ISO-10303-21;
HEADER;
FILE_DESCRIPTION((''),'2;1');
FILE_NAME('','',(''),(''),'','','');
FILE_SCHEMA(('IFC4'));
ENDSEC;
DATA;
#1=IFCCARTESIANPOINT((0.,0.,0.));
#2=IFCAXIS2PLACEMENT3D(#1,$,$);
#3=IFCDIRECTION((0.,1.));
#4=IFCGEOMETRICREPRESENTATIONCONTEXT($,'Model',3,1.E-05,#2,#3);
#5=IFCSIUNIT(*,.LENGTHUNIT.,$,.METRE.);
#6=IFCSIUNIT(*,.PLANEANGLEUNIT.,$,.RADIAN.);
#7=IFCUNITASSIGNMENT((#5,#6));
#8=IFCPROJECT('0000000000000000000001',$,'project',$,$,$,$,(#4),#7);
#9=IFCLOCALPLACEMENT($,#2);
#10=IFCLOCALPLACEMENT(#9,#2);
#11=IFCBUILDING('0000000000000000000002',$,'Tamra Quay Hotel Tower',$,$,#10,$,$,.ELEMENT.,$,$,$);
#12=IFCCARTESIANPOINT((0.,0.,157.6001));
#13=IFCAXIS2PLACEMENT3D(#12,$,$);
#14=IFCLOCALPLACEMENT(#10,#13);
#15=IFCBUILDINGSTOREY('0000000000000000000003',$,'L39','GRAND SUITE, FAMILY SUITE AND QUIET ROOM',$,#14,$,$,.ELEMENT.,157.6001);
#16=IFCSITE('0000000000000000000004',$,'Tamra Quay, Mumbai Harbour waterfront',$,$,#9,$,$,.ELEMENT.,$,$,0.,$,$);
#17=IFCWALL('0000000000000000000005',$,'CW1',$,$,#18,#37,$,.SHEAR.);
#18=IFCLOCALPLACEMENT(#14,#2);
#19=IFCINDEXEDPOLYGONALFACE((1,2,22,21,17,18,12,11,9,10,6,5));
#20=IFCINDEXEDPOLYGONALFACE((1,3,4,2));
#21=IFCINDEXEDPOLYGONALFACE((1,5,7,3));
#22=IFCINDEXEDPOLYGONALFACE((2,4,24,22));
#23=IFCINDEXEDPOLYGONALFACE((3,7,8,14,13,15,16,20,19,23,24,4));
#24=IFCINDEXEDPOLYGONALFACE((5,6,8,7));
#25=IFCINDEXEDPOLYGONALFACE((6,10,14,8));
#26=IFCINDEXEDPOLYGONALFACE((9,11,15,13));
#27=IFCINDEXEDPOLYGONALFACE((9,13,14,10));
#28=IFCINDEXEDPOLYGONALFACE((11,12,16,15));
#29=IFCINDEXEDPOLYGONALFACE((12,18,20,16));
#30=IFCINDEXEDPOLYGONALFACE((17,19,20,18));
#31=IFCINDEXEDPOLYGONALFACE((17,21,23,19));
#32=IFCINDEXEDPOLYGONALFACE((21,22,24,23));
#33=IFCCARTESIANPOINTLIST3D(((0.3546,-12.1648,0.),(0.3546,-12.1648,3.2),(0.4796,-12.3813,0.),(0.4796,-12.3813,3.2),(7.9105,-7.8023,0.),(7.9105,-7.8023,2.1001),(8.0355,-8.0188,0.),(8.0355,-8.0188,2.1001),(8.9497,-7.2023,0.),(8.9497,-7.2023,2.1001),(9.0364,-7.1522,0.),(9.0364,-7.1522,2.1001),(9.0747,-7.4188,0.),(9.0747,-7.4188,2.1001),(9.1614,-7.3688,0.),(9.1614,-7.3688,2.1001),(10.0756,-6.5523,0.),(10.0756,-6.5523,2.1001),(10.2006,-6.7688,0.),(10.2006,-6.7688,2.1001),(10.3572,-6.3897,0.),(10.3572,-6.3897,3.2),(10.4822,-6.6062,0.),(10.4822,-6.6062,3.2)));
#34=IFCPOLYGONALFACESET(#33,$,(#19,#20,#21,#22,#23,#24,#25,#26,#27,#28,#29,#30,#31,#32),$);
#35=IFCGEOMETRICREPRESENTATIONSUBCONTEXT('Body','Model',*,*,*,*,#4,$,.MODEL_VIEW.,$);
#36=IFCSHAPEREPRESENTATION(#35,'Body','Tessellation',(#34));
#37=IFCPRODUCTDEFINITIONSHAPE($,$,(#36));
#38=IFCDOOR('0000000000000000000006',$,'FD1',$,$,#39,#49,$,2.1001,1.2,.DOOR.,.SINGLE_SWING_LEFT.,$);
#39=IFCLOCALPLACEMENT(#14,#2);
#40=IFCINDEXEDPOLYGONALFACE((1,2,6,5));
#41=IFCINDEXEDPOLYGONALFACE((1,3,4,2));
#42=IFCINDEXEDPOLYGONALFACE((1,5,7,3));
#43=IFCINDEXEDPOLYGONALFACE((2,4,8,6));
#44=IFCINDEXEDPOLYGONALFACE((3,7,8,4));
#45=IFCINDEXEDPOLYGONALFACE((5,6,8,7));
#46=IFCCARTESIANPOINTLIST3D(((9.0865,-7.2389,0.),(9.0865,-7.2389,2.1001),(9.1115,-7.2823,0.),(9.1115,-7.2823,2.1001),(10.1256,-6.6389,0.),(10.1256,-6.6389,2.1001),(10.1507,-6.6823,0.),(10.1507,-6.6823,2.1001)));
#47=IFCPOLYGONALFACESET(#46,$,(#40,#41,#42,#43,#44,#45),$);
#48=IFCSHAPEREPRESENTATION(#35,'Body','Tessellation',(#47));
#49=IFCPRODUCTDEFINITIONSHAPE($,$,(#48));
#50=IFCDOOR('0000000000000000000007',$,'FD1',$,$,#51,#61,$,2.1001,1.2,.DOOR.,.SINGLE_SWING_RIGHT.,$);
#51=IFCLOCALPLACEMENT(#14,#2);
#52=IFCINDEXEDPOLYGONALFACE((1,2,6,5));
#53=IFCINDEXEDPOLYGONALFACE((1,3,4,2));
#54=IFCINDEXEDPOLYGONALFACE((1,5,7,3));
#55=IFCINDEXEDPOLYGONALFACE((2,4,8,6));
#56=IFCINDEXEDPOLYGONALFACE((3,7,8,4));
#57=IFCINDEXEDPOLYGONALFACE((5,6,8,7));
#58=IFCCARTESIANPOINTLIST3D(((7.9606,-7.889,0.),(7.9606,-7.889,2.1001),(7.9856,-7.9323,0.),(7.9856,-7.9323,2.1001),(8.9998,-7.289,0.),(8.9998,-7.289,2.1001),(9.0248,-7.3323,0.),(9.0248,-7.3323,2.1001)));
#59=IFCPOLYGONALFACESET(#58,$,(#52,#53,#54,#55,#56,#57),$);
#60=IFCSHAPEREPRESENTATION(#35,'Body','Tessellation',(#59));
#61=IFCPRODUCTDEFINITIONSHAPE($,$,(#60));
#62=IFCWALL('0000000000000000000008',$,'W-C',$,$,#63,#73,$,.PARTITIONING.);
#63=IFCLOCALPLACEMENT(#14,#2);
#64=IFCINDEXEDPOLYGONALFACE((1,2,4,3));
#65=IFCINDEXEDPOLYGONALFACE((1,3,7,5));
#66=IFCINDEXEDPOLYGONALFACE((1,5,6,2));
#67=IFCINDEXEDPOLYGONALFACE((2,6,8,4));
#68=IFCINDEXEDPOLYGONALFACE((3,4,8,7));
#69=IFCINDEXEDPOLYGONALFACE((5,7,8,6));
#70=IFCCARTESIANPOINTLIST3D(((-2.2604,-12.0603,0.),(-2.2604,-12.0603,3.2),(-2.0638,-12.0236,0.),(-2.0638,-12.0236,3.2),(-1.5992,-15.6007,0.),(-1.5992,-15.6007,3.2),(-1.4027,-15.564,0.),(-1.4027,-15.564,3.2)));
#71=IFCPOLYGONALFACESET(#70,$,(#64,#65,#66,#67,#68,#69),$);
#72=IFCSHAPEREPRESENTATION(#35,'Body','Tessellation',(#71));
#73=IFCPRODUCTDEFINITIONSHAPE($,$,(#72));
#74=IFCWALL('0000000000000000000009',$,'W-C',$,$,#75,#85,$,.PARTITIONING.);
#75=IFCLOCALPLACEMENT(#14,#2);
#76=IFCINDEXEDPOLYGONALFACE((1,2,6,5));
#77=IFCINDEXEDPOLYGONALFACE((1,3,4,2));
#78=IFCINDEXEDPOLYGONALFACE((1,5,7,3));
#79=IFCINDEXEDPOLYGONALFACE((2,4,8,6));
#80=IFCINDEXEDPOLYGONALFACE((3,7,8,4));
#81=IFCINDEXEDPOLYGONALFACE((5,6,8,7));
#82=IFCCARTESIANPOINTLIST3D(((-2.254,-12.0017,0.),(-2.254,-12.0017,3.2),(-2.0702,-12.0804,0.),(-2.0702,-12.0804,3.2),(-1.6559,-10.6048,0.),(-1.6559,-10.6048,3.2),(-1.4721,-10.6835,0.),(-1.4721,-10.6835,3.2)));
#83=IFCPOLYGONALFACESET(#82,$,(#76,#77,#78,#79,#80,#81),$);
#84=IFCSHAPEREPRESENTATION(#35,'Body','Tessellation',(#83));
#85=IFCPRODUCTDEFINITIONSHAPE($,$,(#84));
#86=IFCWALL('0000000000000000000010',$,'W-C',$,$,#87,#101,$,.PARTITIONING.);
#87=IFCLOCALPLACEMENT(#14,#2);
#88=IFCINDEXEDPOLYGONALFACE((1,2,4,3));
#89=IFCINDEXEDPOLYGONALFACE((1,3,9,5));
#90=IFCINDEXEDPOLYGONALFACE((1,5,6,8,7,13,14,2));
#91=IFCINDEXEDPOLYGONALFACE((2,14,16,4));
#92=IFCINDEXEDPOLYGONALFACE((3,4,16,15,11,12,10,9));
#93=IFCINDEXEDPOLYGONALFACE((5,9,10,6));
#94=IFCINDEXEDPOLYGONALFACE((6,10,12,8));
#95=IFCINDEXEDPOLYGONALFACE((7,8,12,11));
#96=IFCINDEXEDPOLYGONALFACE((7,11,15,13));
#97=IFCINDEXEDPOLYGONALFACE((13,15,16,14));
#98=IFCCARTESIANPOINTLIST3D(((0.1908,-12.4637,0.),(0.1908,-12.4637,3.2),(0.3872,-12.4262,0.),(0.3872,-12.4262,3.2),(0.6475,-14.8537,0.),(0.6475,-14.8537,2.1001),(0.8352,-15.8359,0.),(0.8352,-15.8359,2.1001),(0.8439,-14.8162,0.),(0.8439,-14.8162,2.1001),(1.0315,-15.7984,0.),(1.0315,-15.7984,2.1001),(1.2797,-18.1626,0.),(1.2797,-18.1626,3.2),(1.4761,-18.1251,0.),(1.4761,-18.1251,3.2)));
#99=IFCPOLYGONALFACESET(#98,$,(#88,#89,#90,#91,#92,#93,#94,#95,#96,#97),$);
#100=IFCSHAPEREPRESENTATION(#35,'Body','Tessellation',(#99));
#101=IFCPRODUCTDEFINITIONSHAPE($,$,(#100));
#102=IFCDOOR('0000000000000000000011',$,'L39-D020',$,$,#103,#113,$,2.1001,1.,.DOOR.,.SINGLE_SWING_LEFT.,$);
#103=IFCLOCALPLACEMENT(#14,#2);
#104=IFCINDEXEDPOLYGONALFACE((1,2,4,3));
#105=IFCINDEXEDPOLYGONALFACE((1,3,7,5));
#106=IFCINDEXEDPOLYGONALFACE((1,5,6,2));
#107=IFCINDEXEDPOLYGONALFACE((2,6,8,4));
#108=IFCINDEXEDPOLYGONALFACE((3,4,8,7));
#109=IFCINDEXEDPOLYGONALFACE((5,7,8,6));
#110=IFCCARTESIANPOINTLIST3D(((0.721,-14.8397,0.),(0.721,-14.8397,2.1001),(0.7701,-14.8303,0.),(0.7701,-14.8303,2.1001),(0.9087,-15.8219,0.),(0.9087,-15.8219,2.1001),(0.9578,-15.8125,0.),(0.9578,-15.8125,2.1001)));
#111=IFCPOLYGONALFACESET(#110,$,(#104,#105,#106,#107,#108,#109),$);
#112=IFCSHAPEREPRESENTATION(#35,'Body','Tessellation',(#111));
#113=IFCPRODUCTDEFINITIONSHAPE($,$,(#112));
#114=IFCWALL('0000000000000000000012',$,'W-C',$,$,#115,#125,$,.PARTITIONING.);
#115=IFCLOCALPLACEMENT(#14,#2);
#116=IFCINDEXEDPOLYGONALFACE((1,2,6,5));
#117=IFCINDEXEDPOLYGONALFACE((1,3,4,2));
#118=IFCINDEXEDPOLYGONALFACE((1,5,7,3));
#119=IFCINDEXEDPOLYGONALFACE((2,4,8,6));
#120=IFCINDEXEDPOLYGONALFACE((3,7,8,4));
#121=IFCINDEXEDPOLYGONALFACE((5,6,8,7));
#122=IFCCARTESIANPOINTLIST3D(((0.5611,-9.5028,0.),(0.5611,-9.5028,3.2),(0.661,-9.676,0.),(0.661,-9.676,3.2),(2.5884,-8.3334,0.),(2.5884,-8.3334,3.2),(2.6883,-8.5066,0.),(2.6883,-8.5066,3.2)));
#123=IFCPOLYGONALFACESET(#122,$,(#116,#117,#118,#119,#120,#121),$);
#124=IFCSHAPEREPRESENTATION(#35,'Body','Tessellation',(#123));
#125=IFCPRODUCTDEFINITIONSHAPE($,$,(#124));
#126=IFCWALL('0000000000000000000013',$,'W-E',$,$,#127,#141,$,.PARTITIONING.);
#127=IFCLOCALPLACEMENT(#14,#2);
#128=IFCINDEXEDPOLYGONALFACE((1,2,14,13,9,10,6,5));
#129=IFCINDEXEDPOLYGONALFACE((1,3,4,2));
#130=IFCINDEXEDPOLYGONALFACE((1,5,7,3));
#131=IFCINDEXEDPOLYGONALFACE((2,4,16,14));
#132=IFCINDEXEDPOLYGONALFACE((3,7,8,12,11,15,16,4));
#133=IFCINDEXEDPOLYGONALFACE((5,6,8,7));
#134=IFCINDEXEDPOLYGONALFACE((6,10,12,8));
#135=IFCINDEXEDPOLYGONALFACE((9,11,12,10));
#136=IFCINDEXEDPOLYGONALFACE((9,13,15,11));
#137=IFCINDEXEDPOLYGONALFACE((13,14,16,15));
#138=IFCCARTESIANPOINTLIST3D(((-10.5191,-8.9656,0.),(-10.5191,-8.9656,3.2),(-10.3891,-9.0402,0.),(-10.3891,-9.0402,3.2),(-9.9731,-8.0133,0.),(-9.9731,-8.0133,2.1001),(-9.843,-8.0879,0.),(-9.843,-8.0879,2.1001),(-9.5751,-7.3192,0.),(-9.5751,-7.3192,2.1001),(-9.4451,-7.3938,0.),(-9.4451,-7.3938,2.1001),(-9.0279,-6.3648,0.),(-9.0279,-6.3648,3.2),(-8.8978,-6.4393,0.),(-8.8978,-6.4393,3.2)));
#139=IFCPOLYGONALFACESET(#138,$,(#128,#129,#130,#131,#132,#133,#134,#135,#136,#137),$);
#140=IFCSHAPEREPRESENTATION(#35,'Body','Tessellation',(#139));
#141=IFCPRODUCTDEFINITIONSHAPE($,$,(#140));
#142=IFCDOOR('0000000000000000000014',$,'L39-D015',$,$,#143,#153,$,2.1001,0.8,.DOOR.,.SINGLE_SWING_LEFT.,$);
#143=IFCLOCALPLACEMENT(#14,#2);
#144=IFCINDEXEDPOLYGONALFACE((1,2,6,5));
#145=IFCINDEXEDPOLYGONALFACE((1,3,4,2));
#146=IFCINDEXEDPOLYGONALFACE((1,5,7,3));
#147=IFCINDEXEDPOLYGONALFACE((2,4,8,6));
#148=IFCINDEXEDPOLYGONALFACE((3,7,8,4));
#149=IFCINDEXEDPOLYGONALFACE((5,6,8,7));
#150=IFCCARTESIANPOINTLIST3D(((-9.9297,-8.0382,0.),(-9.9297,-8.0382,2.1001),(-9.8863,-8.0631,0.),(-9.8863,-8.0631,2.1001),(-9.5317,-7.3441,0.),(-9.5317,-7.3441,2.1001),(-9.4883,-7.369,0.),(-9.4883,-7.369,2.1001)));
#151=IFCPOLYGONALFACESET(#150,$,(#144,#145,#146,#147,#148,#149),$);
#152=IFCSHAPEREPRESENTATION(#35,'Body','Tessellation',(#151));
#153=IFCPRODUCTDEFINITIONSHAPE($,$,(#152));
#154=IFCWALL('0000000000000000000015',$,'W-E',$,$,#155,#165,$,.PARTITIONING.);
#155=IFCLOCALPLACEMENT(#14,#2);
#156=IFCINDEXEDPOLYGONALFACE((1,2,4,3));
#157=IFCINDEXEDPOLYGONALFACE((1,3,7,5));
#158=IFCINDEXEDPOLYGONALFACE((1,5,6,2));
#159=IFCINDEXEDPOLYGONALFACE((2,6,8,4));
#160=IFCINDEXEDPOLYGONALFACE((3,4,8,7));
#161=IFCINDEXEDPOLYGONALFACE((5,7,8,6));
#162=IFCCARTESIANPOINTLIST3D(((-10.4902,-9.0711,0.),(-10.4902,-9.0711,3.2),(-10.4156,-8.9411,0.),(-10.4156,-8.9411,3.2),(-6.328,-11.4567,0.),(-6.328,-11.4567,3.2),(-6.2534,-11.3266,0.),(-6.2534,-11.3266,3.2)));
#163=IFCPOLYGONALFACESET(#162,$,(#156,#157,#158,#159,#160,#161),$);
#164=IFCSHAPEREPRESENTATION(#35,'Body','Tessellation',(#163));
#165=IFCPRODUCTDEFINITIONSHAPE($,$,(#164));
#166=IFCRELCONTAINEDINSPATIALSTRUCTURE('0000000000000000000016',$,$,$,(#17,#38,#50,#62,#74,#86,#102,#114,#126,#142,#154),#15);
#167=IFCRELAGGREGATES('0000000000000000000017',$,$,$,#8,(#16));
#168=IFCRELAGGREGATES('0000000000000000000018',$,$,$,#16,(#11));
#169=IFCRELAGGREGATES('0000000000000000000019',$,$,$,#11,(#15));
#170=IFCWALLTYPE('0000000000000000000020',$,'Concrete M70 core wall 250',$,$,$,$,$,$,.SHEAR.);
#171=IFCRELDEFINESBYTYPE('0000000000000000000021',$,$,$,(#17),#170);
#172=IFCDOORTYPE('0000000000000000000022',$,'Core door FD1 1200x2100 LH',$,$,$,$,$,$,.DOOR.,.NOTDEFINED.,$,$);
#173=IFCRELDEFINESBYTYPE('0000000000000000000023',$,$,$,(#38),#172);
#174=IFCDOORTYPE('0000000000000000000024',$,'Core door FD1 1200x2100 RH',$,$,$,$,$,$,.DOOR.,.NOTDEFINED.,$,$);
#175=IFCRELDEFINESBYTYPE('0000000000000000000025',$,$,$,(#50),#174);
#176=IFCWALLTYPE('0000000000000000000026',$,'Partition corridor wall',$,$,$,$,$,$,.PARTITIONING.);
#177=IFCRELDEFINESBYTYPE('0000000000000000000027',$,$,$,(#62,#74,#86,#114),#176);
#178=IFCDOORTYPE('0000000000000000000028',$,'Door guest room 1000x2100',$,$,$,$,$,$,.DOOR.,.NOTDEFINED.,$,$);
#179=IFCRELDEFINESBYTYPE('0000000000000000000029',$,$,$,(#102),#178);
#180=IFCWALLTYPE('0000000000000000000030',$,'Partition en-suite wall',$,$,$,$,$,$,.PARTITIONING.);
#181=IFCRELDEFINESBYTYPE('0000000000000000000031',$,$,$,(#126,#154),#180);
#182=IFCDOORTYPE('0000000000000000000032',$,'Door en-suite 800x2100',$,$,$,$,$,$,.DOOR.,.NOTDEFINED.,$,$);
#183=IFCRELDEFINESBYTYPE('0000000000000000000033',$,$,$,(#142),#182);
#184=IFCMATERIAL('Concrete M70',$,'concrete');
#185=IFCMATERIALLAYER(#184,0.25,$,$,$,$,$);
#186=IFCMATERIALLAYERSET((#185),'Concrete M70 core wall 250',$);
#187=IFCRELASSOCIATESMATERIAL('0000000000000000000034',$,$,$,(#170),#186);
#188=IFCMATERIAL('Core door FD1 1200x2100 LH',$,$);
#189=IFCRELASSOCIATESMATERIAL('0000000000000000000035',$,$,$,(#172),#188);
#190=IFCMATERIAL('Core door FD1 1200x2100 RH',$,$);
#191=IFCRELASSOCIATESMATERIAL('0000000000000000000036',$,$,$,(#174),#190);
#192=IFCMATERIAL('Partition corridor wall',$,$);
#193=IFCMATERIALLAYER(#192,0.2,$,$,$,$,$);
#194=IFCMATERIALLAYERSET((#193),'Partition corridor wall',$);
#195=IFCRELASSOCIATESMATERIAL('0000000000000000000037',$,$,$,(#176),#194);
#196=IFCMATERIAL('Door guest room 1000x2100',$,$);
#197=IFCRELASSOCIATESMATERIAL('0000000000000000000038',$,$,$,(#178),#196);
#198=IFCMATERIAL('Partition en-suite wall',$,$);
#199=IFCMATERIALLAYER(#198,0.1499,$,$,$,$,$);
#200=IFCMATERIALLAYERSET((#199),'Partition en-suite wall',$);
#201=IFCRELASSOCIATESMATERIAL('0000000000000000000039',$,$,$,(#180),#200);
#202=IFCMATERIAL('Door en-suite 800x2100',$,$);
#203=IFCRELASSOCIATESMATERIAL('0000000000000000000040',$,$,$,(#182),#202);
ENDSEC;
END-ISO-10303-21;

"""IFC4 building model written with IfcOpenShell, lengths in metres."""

from ifc_helpers import new_model, si_unit, direction, frame, frame_2d, origin, place, context, subcontext, project, spatial, rectangle, extrude, material, layer, layer_set, type_object, element, fill, save


model = new_model("IFC4")

# Units and contexts
model_context = context("Model", 3, precision=1e-05, world=origin(), true_north=direction((0.0, 1.0)))
body_context = subcontext(model_context, "Body", "Model", "MODEL_VIEW")
ifc_project = project(units=[si_unit("LENGTHUNIT", "METRE"), si_unit("PLANEANGLEUNIT", "RADIAN")], contexts=[model_context])

# Site, building, storey
site_placement = place(None, origin())
site = spatial("IfcSite", under=ifc_project, at=site_placement, Name="Tamra Quay, Mumbai Harbour waterfront", CompositionType="ELEMENT", RefElevation=0.0)
building_placement = place(site_placement, origin())
building = spatial("IfcBuilding", under=site, at=building_placement, Name="Tamra Quay Hotel Tower", CompositionType="ELEMENT")
storey_placement = place(building_placement, frame((0.0, 0.0, 157.6001)))
storey = spatial("IfcBuildingStorey", under=building, at=storey_placement, Name="L39", Description="GRAND SUITE, FAMILY SUITE AND QUIET ROOM", CompositionType="ELEMENT", Elevation=157.6001)

# Wall, openings, doors
ifc_material_1 = material(Name="Concrete M70", Category="concrete")
ifc_layer_1 = layer(ifc_material_1, 0.25)
ifc_layer_set_1 = layer_set([ifc_layer_1], Name="Concrete M70 core wall 250")
wall_type_1 = type_object("IfcWallType", Name="Concrete M70 core wall 250", PredefinedType="SHEAR", material=ifc_layer_set_1)
wall_1_placement = place(storey_placement, frame((0.4172, -12.2729, 0.0), z_axis=(0.0, 0.0, 1.0), x_axis=(0.866022, 0.500006, 0.0)))
wall_1 = element("IfcWall", 1, at=wall_1_placement, inside=storey, type_object=wall_type_1, Name="CW1", PredefinedType="SHEAR", context=body_context, shape_type="SweptSolid", body=[
    extrude(rectangle(XDim=11.55, YDim=0.25, at=frame_2d((5.7749, 0.0))), origin(), (0.0, 0.0, 1.0), 3.2),
])
opening_1_placement = place(wall_1_placement, frame((10.0247, 0.0, 0.0)))
opening_1 = element("IfcOpeningElement", 2, at=opening_1_placement, cuts=wall_1, PredefinedType="OPENING", context=body_context, shape_type="SweptSolid", body=[
    extrude(rectangle(XDim=1.2, YDim=2.1001, at=frame_2d((0.6001, 1.05))), frame((0.0, 0.135, 0.0), z_axis=(0.0, -1.0, 0.0), x_axis=(1.0, 0.0, 0.0)), (0.0, 0.0, 1.0), 0.27),
])
opening_2_placement = place(wall_1_placement, frame((8.7246, 0.0, 0.0)))
opening_2 = element("IfcOpeningElement", 3, at=opening_2_placement, cuts=wall_1, PredefinedType="OPENING", context=body_context, shape_type="SweptSolid", body=[
    extrude(rectangle(XDim=1.2, YDim=2.1001, at=frame_2d((0.6001, 1.05))), frame((0.0, 0.135, 0.0), z_axis=(0.0, -1.0, 0.0), x_axis=(1.0, 0.0, 0.0)), (0.0, 0.0, 1.0), 0.27),
])
ifc_material_2 = material(Name="Core door FD1 1200x2100 LH")
door_type_1 = type_object("IfcDoorType", Name="Core door FD1 1200x2100 LH", OperationType="NOTDEFINED", PredefinedType="DOOR", material=ifc_material_2)
door_1_placement = place(opening_1_placement, origin())
door_1 = element("IfcDoor", 4, at=door_1_placement, inside=storey, type_object=door_type_1, Name="FD1", OperationType="SINGLE_SWING_LEFT", OverallHeight=2.1001, OverallWidth=1.2, PredefinedType="DOOR", context=body_context, shape_type="SweptSolid", body=[
    extrude(rectangle(XDim=1.2, YDim=2.1001, at=frame_2d((0.6001, 1.05))), frame((0.0, 0.0249, 0.0), z_axis=(0.0, -1.0, 0.0), x_axis=(1.0, 0.0, 0.0)), (0.0, 0.0, 1.0), 0.05),
])
fill(opening_1, door_1)
ifc_material_3 = material(Name="Core door FD1 1200x2100 RH")
door_type_2 = type_object("IfcDoorType", Name="Core door FD1 1200x2100 RH", OperationType="NOTDEFINED", PredefinedType="DOOR", material=ifc_material_3)
door_2_placement = place(opening_2_placement, origin())
door_2 = element("IfcDoor", 5, at=door_2_placement, inside=storey, type_object=door_type_2, Name="FD1", OperationType="SINGLE_SWING_RIGHT", OverallHeight=2.1001, OverallWidth=1.2, PredefinedType="DOOR", context=body_context, shape_type="SweptSolid", body=[
    extrude(rectangle(XDim=1.2, YDim=2.1001, at=frame_2d((0.6001, 1.05))), frame((0.0, 0.0249, 0.0), z_axis=(0.0, -1.0, 0.0), x_axis=(1.0, 0.0, 0.0)), (0.0, 0.0, 1.0), 0.05),
])
fill(opening_2, door_2)

# Walls
ifc_material_4 = material(Name="Partition corridor wall")
ifc_layer_2 = layer(ifc_material_4, 0.2)
ifc_layer_set_2 = layer_set([ifc_layer_2], Name="Partition corridor wall")
wall_type_2 = type_object("IfcWallType", Name="Partition corridor wall", PredefinedType="PARTITIONING", material=ifc_layer_set_2)
wall_2_placement = place(storey_placement, frame((-2.1621, -12.042, 0.0), z_axis=(0.0, 0.0, 1.0), x_axis=(0.183572, -0.983006, 0.0)))
element("IfcWall", 6, at=wall_2_placement, inside=storey, type_object=wall_type_2, Name="W-C", PredefinedType="PARTITIONING", context=body_context, shape_type="SweptSolid", body=[
    extrude(rectangle(XDim=3.6016, YDim=0.2, at=frame_2d((1.8008, 0.0))), origin(), (0.0, 0.0, 1.0), 3.2),
])
wall_3_placement = place(storey_placement, frame((-2.1621, -12.041, 0.0), z_axis=(0.0, 0.0, 1.0), x_axis=(0.393609, 0.919278, 0.0)))
element("IfcWall", 7, at=wall_3_placement, inside=storey, type_object=wall_type_2, Name="W-C", PredefinedType="PARTITIONING", context=body_context, shape_type="SweptSolid", body=[
    extrude(rectangle(XDim=1.5195, YDim=0.2, at=frame_2d((0.7598, 0.0))), origin(), (0.0, 0.0, 1.0), 3.2),
])

# Wall, opening, door
wall_4_placement = place(storey_placement, frame((0.2891, -12.4451, 0.0), z_axis=(0.0, 0.0, 1.0), x_axis=(0.187669, -0.982232, 0.0)))
wall_4 = element("IfcWall", 8, at=wall_4_placement, inside=storey, type_object=wall_type_2, Name="W-C", PredefinedType="PARTITIONING", context=body_context, shape_type="SweptSolid", body=[
    extrude(rectangle(XDim=5.802, YDim=0.2, at=frame_2d((2.9009, 0.0))), origin(), (0.0, 0.0, 1.0), 3.2),
])
opening_3_placement = place(wall_4_placement, frame((2.4331, 0.0, 0.0)))
opening_3 = element("IfcOpeningElement", 9, at=opening_3_placement, cuts=wall_4, PredefinedType="OPENING", context=body_context, shape_type="SweptSolid", body=[
    extrude(rectangle(XDim=1.0, YDim=2.1001, at=frame_2d((0.5, 1.05))), frame((0.0, 0.1099, 0.0), z_axis=(0.0, -1.0, 0.0), x_axis=(1.0, 0.0, 0.0)), (0.0, 0.0, 1.0), 0.22),
])
ifc_material_5 = material(Name="Door guest room 1000x2100")
door_type_3 = type_object("IfcDoorType", Name="Door guest room 1000x2100", OperationType="NOTDEFINED", PredefinedType="DOOR", material=ifc_material_5)
door_3_placement = place(opening_3_placement, origin())
door_3 = element("IfcDoor", 10, at=door_3_placement, inside=storey, type_object=door_type_3, Name="L39-D020", OperationType="SINGLE_SWING_LEFT", OverallHeight=2.1001, OverallWidth=1.0, PredefinedType="DOOR", context=body_context, shape_type="SweptSolid", body=[
    extrude(rectangle(XDim=1.0, YDim=2.1001, at=frame_2d((0.5, 1.05))), frame((0.0, 0.0249, 0.0), z_axis=(0.0, -1.0, 0.0), x_axis=(1.0, 0.0, 0.0)), (0.0, 0.0, 1.0), 0.05),
])
fill(opening_3, door_3)

# Wall
wall_5_placement = place(storey_placement, frame((0.6111, -9.5894, 0.0), z_axis=(0.0, 0.0, 1.0), x_axis=(0.86622, 0.499662, 0.0)))
element("IfcWall", 11, at=wall_5_placement, inside=storey, type_object=wall_type_2, Name="W-C", PredefinedType="PARTITIONING", context=body_context, shape_type="SweptSolid", body=[
    extrude(rectangle(XDim=2.3403, YDim=0.2, at=frame_2d((1.1702, 0.0))), origin(), (0.0, 0.0, 1.0), 3.2),
])

# Wall, opening, door
ifc_material_6 = material(Name="Partition en-suite wall")
ifc_layer_3 = layer(ifc_material_6, 0.1499)
ifc_layer_set_3 = layer_set([ifc_layer_3], Name="Partition en-suite wall")
wall_type_3 = type_object("IfcWallType", Name="Partition en-suite wall", PredefinedType="PARTITIONING", material=ifc_layer_set_3)
wall_6_placement = place(storey_placement, frame((-10.4541, -9.0029, 0.0), z_axis=(0.0, 0.0, 1.0), x_axis=(0.497401, 0.867521, 0.0)))
wall_6 = element("IfcWall", 12, at=wall_6_placement, inside=storey, type_object=wall_type_3, Name="W-E", PredefinedType="PARTITIONING", context=body_context, shape_type="SweptSolid", body=[
    extrude(rectangle(XDim=2.998, YDim=0.1499, at=frame_2d((1.499, 0.0))), origin(), (0.0, 0.0, 1.0), 3.2),
])
opening_4_placement = place(wall_6_placement, frame((1.0979, 0.0, 0.0)))
opening_4 = element("IfcOpeningElement", 13, at=opening_4_placement, cuts=wall_6, PredefinedType="OPENING", context=body_context, shape_type="SweptSolid", body=[
    extrude(rectangle(XDim=0.8, YDim=2.1001, at=frame_2d((0.3999, 1.05))), frame((0.0, 0.085, 0.0), z_axis=(0.0, -1.0, 0.0), x_axis=(1.0, 0.0, 0.0)), (0.0, 0.0, 1.0), 0.1699),
])
ifc_material_7 = material(Name="Door en-suite 800x2100")
door_type_4 = type_object("IfcDoorType", Name="Door en-suite 800x2100", OperationType="NOTDEFINED", PredefinedType="DOOR", material=ifc_material_7)
door_4_placement = place(opening_4_placement, origin())
door_4 = element("IfcDoor", 14, at=door_4_placement, inside=storey, type_object=door_type_4, Name="L39-D015", OperationType="SINGLE_SWING_LEFT", OverallHeight=2.1001, OverallWidth=0.8, PredefinedType="DOOR", context=body_context, shape_type="SweptSolid", body=[
    extrude(rectangle(XDim=0.8, YDim=2.1001, at=frame_2d((0.3999, 1.05))), frame((0.0, 0.0249, 0.0), z_axis=(0.0, -1.0, 0.0), x_axis=(1.0, 0.0, 0.0)), (0.0, 0.0, 1.0), 0.05),
])
fill(opening_4, door_4)

# Wall
wall_7_placement = place(storey_placement, frame((-10.4529, -9.0061, 0.0), z_axis=(0.0, 0.0, 1.0), x_axis=(0.8676, -0.497262, 0.0)))
element("IfcWall", 15, at=wall_7_placement, inside=storey, type_object=wall_type_3, Name="W-E", PredefinedType="PARTITIONING", context=body_context, shape_type="SweptSolid", body=[
    extrude(rectangle(XDim=4.7974, YDim=0.1499, at=frame_2d((2.3987, 0.0))), origin(), (0.0, 0.0, 1.0), 3.2),
])

save(model, "model.ifc")
